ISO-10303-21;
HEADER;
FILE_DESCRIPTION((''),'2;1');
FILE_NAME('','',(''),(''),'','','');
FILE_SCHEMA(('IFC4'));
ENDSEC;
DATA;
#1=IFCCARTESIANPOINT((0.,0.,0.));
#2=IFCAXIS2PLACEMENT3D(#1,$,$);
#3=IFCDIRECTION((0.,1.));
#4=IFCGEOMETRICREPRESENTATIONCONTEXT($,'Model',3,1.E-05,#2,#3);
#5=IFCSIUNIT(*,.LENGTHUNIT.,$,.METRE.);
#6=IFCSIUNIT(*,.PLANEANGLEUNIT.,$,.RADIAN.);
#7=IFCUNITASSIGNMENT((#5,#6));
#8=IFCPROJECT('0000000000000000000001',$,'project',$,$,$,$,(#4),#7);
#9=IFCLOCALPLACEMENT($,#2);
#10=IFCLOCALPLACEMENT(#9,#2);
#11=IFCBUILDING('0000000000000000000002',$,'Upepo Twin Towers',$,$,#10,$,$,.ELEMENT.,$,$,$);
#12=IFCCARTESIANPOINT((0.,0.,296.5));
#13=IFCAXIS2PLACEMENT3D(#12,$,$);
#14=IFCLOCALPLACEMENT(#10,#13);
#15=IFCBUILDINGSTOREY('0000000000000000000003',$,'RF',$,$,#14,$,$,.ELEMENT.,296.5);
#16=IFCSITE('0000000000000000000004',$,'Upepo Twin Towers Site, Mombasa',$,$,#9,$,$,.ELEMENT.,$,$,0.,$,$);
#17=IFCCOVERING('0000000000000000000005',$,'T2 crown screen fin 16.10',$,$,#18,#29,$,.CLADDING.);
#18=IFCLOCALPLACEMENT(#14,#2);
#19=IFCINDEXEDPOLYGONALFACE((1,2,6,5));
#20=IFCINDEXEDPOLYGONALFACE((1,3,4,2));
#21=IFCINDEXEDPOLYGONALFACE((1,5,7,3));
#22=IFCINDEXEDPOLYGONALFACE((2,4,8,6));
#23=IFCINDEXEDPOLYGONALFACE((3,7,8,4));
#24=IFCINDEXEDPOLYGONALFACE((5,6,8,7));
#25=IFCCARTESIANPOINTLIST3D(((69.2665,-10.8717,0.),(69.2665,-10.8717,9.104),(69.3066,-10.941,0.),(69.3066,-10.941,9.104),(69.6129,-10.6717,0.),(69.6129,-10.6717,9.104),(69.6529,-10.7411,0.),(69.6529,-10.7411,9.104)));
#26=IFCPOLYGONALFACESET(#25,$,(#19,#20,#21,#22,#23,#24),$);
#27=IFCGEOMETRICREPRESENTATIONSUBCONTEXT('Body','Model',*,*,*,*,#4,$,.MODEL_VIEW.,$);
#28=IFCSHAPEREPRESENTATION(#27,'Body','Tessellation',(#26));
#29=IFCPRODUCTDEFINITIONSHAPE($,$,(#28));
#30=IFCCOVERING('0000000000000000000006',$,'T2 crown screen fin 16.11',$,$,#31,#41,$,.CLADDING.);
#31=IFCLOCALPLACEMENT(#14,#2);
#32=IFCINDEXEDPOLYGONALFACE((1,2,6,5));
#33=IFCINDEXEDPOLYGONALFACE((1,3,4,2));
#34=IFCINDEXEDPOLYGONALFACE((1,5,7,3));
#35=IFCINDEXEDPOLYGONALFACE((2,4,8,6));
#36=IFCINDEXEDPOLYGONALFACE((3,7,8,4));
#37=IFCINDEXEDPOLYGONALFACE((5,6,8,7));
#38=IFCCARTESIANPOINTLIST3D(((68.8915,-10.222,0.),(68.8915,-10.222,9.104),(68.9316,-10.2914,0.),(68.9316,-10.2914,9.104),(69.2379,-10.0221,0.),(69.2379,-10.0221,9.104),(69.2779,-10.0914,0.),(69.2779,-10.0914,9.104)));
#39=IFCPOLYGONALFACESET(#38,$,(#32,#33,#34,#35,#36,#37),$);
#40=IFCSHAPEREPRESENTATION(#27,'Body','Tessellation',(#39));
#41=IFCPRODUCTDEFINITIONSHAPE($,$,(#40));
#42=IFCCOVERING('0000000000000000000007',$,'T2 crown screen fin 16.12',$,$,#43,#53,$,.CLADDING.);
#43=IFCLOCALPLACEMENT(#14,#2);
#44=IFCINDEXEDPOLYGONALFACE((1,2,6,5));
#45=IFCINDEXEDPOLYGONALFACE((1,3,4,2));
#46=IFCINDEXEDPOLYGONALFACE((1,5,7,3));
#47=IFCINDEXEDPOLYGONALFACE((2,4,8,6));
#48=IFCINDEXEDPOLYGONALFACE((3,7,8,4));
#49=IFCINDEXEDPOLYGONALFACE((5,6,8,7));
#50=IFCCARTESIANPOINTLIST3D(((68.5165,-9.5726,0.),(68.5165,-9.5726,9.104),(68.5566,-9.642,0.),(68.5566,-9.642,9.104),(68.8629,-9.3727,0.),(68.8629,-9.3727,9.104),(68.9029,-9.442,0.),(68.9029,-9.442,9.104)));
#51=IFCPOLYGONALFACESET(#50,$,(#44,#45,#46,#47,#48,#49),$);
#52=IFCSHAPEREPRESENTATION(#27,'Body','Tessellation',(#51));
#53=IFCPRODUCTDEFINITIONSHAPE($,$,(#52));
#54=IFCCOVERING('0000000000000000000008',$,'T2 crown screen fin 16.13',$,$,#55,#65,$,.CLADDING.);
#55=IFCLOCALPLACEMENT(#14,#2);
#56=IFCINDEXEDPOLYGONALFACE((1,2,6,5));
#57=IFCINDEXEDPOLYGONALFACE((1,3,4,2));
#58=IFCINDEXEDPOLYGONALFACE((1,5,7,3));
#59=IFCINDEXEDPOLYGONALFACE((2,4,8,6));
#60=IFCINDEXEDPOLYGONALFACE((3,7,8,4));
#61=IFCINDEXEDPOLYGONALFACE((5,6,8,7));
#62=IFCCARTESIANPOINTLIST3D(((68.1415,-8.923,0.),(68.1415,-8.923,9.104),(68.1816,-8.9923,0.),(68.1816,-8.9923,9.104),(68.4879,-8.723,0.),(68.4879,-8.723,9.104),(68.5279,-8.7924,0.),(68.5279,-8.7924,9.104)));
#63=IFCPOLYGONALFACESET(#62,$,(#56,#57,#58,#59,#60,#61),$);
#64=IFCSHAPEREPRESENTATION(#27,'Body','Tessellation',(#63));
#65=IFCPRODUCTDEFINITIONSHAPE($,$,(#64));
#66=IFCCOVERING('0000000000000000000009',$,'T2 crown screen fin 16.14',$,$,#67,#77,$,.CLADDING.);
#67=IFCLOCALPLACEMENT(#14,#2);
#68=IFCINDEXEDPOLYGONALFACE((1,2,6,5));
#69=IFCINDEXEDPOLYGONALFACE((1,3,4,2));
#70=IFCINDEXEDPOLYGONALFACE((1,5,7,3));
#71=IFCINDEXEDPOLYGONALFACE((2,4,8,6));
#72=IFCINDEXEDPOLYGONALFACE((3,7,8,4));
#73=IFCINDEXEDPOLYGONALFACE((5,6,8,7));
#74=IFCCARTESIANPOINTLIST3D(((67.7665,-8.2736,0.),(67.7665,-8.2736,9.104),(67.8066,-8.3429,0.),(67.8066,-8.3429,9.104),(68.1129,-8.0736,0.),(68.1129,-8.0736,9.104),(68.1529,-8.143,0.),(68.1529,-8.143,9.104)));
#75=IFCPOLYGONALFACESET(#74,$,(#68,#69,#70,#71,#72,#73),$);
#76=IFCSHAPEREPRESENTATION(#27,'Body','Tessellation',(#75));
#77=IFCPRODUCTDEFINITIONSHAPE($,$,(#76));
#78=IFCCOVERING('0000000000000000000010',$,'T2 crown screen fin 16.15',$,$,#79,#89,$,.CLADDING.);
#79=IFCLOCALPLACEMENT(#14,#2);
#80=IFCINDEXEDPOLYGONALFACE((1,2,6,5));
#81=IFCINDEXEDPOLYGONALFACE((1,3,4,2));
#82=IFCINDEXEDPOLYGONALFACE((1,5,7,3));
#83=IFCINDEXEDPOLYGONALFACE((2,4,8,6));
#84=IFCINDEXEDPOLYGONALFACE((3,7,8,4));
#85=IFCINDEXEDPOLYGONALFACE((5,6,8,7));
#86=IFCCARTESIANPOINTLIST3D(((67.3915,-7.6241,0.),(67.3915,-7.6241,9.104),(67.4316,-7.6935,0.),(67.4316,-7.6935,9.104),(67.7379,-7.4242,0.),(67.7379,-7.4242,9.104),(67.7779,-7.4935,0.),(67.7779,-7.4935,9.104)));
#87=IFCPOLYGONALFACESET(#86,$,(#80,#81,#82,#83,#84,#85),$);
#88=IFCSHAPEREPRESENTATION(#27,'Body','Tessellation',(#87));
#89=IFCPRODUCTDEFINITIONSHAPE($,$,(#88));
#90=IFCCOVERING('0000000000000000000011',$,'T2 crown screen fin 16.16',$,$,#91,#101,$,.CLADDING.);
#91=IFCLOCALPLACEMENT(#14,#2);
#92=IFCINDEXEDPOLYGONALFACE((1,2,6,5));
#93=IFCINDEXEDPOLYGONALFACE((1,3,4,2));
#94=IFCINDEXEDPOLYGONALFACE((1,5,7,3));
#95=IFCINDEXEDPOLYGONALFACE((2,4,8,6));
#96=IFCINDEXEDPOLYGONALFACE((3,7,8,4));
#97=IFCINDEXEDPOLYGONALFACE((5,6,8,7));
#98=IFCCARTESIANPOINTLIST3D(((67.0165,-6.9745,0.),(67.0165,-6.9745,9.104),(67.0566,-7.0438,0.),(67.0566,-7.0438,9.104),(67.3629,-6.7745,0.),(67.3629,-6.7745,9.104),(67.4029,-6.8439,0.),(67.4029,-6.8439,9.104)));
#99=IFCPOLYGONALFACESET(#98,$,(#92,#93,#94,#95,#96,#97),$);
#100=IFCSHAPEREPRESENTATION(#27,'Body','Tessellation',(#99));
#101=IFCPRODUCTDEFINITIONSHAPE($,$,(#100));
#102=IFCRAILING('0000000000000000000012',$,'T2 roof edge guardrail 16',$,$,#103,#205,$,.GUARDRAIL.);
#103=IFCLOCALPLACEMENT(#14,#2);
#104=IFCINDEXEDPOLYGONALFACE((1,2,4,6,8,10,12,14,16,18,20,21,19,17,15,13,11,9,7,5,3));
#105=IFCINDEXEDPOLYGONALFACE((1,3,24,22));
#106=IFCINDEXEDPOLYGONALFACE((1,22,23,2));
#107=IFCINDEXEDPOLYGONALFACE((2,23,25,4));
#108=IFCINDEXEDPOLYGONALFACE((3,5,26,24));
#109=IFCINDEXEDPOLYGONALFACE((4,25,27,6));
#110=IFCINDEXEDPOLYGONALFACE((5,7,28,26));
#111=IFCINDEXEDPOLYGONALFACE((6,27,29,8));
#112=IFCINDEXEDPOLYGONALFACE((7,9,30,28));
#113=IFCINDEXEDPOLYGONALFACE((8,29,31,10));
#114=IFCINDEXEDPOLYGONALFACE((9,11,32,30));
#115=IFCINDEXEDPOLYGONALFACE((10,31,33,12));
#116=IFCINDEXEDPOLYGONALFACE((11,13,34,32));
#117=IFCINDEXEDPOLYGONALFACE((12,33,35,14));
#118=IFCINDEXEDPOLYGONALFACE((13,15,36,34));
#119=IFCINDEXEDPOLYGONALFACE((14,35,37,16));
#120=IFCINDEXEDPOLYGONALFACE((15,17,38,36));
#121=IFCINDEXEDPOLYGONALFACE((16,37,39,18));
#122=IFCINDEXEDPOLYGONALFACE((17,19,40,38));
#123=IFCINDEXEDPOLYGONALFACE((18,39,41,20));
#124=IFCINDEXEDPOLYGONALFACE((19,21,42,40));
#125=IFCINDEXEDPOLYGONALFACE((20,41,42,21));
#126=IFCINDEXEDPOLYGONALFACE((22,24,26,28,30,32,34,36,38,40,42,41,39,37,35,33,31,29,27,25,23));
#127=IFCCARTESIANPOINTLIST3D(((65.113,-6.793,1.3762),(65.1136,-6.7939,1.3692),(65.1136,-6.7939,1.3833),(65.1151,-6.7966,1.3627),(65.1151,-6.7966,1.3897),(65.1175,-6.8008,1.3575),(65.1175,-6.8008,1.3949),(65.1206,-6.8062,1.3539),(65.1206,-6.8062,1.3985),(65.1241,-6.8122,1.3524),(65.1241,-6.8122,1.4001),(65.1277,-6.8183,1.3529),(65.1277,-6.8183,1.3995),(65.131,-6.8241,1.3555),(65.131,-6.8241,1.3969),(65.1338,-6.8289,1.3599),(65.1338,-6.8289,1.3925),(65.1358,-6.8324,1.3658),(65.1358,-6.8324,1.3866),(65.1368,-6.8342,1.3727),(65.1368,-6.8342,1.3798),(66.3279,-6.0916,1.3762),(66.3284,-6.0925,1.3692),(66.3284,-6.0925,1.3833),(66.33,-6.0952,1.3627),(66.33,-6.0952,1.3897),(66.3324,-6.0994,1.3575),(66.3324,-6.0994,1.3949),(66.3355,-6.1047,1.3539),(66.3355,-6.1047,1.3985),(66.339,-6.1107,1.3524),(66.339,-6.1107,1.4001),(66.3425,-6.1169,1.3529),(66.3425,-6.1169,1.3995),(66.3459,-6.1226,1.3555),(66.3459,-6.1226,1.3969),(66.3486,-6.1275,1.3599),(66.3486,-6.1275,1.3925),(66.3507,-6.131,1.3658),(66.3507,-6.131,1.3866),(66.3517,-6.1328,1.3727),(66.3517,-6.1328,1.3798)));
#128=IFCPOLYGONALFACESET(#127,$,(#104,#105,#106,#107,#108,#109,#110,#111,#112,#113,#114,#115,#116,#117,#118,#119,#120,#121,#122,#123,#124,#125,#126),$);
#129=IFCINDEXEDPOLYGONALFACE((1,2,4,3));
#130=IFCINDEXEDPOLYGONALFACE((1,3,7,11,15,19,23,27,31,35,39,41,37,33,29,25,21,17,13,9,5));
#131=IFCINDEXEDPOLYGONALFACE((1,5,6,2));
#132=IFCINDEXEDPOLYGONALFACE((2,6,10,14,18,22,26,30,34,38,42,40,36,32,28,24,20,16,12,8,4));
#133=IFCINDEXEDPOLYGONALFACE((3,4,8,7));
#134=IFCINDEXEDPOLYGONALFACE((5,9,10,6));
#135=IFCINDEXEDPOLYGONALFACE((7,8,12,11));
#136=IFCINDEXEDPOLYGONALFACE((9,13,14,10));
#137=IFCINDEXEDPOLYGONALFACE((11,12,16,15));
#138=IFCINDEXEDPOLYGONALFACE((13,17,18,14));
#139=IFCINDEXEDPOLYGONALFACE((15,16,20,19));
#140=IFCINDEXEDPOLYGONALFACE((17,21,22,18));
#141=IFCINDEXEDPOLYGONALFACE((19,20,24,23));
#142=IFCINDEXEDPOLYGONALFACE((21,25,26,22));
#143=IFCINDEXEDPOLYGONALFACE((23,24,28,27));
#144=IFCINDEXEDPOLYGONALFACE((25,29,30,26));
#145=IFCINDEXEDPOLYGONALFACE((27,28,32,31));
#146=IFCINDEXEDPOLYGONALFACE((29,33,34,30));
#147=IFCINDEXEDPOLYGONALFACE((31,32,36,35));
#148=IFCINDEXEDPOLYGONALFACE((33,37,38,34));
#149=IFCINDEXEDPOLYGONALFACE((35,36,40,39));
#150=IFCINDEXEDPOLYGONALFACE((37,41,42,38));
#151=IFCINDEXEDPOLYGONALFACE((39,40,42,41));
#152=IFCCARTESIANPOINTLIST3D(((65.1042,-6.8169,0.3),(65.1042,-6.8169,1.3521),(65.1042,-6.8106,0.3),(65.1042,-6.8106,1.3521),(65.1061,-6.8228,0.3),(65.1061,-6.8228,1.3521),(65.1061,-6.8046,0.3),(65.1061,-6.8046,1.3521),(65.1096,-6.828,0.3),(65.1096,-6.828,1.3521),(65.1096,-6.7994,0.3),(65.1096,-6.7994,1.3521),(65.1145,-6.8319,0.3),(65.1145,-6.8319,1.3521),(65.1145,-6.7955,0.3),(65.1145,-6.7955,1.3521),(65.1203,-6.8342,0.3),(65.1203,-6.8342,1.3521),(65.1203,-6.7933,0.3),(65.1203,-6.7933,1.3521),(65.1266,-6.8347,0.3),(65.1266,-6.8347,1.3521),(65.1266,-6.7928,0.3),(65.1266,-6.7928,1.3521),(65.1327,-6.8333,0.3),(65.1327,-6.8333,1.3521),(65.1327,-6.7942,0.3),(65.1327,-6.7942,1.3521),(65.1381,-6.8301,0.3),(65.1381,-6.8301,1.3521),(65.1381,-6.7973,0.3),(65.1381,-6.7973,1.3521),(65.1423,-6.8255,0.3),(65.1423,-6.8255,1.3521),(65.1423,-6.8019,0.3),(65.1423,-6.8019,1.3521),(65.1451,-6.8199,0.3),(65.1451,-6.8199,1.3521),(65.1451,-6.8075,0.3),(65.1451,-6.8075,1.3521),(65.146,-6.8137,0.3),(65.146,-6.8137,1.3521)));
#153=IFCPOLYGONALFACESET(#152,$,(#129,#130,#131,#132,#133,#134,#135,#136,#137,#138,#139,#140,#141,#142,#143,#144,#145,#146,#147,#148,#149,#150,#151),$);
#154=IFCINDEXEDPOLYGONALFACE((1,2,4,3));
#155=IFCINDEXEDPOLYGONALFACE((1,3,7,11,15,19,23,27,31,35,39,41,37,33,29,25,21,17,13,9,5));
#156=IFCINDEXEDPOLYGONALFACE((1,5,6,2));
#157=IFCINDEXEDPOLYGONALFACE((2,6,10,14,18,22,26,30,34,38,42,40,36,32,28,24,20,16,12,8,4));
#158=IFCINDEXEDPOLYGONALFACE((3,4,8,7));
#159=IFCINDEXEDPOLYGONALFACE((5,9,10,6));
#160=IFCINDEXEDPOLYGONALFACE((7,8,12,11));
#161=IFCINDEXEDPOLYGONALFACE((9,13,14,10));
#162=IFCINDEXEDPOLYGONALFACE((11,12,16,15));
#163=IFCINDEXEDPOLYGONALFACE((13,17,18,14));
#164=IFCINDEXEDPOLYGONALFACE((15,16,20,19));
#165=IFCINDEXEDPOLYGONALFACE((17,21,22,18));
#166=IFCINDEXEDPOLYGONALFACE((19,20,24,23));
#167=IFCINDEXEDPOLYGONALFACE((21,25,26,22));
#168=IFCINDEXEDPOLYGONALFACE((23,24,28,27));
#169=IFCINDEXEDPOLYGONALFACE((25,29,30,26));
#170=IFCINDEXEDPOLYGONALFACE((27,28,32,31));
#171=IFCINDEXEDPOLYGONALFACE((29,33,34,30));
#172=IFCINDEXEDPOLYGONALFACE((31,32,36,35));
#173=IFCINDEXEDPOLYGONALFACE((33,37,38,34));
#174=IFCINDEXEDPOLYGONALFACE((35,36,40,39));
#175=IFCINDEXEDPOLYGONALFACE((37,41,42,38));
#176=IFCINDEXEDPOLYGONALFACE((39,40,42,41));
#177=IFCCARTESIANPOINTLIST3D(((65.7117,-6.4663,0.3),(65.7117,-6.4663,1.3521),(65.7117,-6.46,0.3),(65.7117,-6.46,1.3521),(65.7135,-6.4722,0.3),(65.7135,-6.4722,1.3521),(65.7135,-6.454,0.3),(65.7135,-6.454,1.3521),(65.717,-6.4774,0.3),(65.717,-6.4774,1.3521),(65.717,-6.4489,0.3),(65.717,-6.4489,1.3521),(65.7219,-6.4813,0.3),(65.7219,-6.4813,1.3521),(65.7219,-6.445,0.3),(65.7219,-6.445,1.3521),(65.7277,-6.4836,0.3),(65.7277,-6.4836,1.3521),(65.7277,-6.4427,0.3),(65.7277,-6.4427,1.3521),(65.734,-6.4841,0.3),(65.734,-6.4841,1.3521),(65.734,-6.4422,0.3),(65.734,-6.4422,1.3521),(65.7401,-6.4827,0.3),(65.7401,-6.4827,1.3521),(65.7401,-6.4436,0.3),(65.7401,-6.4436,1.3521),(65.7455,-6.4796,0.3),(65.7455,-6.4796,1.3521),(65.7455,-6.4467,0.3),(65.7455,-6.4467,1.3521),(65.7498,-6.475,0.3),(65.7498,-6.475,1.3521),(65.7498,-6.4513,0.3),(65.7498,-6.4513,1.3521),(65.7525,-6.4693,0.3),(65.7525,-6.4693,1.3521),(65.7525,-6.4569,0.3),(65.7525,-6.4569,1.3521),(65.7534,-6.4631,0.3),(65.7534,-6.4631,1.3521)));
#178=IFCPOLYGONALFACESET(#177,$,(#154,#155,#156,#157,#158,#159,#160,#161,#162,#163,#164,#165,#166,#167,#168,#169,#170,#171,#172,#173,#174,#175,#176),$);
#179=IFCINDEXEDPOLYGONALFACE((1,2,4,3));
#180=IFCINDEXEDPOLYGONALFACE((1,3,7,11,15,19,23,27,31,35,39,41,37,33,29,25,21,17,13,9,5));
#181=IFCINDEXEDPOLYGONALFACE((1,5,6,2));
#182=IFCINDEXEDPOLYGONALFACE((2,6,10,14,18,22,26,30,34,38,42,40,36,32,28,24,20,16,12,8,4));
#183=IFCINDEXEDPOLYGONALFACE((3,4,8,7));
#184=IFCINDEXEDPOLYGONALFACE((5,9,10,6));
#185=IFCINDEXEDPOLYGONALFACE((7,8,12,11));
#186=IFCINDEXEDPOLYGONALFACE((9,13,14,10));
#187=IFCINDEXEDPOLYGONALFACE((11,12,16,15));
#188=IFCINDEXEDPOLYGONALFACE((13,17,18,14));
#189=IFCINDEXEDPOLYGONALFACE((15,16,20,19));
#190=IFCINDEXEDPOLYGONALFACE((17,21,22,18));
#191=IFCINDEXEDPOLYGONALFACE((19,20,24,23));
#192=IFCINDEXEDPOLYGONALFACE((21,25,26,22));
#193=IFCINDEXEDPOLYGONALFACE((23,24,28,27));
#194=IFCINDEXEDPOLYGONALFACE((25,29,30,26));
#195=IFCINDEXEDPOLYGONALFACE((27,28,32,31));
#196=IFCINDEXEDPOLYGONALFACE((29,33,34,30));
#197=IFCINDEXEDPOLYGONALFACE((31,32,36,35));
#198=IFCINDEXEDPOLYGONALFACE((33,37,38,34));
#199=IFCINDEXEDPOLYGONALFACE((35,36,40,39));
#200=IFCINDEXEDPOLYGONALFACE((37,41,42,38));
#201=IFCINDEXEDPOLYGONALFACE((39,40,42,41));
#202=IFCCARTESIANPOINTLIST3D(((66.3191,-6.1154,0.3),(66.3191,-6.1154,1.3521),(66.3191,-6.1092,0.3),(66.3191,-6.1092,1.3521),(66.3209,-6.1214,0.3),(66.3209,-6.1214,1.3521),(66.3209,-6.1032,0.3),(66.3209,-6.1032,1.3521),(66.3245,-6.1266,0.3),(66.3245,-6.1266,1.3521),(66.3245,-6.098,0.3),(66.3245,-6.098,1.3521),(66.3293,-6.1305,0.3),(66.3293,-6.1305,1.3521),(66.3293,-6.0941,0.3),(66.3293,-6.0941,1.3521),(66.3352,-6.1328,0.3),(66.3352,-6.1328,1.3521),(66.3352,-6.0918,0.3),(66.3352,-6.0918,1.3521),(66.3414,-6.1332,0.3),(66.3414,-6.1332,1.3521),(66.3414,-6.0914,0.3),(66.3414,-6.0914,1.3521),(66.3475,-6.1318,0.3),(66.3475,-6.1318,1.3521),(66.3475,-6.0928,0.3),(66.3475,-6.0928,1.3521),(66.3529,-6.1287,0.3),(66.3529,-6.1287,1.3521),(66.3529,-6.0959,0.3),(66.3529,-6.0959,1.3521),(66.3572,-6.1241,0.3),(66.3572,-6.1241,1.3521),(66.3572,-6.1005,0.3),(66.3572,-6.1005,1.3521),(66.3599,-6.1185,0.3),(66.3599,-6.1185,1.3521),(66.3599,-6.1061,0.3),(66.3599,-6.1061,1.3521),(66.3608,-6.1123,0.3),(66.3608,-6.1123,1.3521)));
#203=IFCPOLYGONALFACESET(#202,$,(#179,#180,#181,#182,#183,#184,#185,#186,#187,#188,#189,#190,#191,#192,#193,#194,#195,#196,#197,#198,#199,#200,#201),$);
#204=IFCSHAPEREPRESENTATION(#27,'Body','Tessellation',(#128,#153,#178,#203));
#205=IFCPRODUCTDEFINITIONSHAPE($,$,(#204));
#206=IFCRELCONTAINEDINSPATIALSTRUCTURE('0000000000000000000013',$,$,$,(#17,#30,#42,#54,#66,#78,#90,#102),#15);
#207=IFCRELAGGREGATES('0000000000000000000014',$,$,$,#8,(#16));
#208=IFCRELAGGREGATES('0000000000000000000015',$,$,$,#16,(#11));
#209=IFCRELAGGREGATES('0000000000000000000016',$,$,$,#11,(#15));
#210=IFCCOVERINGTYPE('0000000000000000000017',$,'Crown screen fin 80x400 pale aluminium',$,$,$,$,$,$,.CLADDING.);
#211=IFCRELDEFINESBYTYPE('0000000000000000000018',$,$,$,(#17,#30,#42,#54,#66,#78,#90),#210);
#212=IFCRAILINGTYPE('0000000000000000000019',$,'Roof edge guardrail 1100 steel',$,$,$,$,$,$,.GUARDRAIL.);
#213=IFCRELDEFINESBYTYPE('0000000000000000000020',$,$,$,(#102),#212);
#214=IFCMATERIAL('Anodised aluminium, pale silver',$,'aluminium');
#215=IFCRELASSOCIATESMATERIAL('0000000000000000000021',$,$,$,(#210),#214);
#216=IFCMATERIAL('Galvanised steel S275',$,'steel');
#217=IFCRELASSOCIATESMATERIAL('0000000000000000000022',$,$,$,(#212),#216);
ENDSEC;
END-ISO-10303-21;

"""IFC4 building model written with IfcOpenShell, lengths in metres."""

from ifc_helpers import new_model, si_unit, direction, frame, origin, origin_2d, place, context, subcontext, project, spatial, rectangle, circle, extrude, material, type_object, element, save


model = new_model("IFC4")

# Units and contexts
model_context = context("Model", 3, precision=1e-05, world=origin(), true_north=direction((0.0, 1.0)))
body_context = subcontext(model_context, "Body", "Model", "MODEL_VIEW")
ifc_project = project(units=[si_unit("LENGTHUNIT", "METRE"), si_unit("PLANEANGLEUNIT", "RADIAN")], contexts=[model_context])

# Site, building, storey
site_placement = place(None, origin())
site = spatial("IfcSite", under=ifc_project, at=site_placement, Name="Upepo Twin Towers Site, Mombasa", CompositionType="ELEMENT", RefElevation=0.0)
building_placement = place(site_placement, origin())
building = spatial("IfcBuilding", under=site, at=building_placement, Name="Upepo Twin Towers", CompositionType="ELEMENT")
storey_placement = place(building_placement, frame((0.0, 0.0, 296.5)))
storey = spatial("IfcBuildingStorey", under=building, at=storey_placement, Name="RF", CompositionType="ELEMENT", Elevation=296.5)

# Coverings
ifc_material_1 = material(Name="Anodised aluminium, pale silver", Category="aluminium")
covering_type = type_object("IfcCoveringType", Name="Crown screen fin 80x400 pale aluminium", PredefinedType="CLADDING", material=ifc_material_1)
for number, where, z_axis, x_axis, name in (
    (1, (69.4597, -10.8064, 0.0), (0.0, 0.0, 1.0), (-0.5, 0.866025, 0.0), "T2 crown screen fin 16.10"),
    (2, (69.0847, -10.1567, 0.0), (0.0, 0.0, 1.0), (-0.5, 0.866025, 0.0), "T2 crown screen fin 16.11"),
    (3, (68.7097, -9.5073, 0.0), (0.0, 0.0, 1.0), (-0.5, 0.866025, 0.0), "T2 crown screen fin 16.12"),
    (4, (68.3347, -8.8577, 0.0), (0.0, 0.0, 1.0), (-0.5, 0.866025, 0.0), "T2 crown screen fin 16.13"),
    (5, (67.9597, -8.2083, 0.0), (0.0, 0.0, 1.0), (-0.5, 0.866025, 0.0), "T2 crown screen fin 16.14"),
    (6, (67.5847, -7.5588, 0.0), (0.0, 0.0, 1.0), (-0.5, 0.866025, 0.0), "T2 crown screen fin 16.15"),
    (7, (67.2097, -6.9092, 0.0), (0.0, 0.0, 1.0), (-0.5, 0.866025, 0.0), "T2 crown screen fin 16.16"),
):
    element("IfcCovering", number, at=place(storey_placement, frame(where, z_axis=z_axis, x_axis=x_axis)), inside=storey, type_object=covering_type, Name=name, PredefinedType="CLADDING", context=body_context, shape_type="SweptSolid", body=[
        extrude(rectangle(XDim=0.0801, YDim=0.3999, at=origin_2d()), origin(), (0.0, 0.0, 1.0), 9.104),
    ])

# Railing
ifc_material_2 = material(Name="Galvanised steel S275", Category="steel")
railing_type = type_object("IfcRailingType", Name="Roof edge guardrail 1100 steel", PredefinedType="GUARDRAIL", material=ifc_material_2)
railing_placement = place(storey_placement, frame((65.125, -6.8137, 0.3)))
element("IfcRailing", 8, at=railing_placement, inside=storey, type_object=railing_type, Name="T2 roof edge guardrail 16", PredefinedType="GUARDRAIL", context=body_context, shape_type="SweptSolid", body=[
    extrude(circle(Radius=0.0239, at=origin_2d()), frame((0.0, 0.0, 1.0762), z_axis=(0.866017, 0.500014, 0.0), x_axis=(-0.500014, 0.866017, 0.0)), (0.0, 0.0, 1.0), 1.4028),
    extrude(circle(Radius=0.021, at=origin_2d()), origin(), (0.0, 0.0, 1.0), 1.052),
    extrude(circle(Radius=0.021, at=origin_2d()), frame((0.6074, 0.3506, 0.0)), (0.0, 0.0, 1.0), 1.052),
    extrude(circle(Radius=0.021, at=origin_2d()), frame((1.2148, 0.7014, 0.0)), (0.0, 0.0, 1.0), 1.052),
])

save(model, "model.ifc")
